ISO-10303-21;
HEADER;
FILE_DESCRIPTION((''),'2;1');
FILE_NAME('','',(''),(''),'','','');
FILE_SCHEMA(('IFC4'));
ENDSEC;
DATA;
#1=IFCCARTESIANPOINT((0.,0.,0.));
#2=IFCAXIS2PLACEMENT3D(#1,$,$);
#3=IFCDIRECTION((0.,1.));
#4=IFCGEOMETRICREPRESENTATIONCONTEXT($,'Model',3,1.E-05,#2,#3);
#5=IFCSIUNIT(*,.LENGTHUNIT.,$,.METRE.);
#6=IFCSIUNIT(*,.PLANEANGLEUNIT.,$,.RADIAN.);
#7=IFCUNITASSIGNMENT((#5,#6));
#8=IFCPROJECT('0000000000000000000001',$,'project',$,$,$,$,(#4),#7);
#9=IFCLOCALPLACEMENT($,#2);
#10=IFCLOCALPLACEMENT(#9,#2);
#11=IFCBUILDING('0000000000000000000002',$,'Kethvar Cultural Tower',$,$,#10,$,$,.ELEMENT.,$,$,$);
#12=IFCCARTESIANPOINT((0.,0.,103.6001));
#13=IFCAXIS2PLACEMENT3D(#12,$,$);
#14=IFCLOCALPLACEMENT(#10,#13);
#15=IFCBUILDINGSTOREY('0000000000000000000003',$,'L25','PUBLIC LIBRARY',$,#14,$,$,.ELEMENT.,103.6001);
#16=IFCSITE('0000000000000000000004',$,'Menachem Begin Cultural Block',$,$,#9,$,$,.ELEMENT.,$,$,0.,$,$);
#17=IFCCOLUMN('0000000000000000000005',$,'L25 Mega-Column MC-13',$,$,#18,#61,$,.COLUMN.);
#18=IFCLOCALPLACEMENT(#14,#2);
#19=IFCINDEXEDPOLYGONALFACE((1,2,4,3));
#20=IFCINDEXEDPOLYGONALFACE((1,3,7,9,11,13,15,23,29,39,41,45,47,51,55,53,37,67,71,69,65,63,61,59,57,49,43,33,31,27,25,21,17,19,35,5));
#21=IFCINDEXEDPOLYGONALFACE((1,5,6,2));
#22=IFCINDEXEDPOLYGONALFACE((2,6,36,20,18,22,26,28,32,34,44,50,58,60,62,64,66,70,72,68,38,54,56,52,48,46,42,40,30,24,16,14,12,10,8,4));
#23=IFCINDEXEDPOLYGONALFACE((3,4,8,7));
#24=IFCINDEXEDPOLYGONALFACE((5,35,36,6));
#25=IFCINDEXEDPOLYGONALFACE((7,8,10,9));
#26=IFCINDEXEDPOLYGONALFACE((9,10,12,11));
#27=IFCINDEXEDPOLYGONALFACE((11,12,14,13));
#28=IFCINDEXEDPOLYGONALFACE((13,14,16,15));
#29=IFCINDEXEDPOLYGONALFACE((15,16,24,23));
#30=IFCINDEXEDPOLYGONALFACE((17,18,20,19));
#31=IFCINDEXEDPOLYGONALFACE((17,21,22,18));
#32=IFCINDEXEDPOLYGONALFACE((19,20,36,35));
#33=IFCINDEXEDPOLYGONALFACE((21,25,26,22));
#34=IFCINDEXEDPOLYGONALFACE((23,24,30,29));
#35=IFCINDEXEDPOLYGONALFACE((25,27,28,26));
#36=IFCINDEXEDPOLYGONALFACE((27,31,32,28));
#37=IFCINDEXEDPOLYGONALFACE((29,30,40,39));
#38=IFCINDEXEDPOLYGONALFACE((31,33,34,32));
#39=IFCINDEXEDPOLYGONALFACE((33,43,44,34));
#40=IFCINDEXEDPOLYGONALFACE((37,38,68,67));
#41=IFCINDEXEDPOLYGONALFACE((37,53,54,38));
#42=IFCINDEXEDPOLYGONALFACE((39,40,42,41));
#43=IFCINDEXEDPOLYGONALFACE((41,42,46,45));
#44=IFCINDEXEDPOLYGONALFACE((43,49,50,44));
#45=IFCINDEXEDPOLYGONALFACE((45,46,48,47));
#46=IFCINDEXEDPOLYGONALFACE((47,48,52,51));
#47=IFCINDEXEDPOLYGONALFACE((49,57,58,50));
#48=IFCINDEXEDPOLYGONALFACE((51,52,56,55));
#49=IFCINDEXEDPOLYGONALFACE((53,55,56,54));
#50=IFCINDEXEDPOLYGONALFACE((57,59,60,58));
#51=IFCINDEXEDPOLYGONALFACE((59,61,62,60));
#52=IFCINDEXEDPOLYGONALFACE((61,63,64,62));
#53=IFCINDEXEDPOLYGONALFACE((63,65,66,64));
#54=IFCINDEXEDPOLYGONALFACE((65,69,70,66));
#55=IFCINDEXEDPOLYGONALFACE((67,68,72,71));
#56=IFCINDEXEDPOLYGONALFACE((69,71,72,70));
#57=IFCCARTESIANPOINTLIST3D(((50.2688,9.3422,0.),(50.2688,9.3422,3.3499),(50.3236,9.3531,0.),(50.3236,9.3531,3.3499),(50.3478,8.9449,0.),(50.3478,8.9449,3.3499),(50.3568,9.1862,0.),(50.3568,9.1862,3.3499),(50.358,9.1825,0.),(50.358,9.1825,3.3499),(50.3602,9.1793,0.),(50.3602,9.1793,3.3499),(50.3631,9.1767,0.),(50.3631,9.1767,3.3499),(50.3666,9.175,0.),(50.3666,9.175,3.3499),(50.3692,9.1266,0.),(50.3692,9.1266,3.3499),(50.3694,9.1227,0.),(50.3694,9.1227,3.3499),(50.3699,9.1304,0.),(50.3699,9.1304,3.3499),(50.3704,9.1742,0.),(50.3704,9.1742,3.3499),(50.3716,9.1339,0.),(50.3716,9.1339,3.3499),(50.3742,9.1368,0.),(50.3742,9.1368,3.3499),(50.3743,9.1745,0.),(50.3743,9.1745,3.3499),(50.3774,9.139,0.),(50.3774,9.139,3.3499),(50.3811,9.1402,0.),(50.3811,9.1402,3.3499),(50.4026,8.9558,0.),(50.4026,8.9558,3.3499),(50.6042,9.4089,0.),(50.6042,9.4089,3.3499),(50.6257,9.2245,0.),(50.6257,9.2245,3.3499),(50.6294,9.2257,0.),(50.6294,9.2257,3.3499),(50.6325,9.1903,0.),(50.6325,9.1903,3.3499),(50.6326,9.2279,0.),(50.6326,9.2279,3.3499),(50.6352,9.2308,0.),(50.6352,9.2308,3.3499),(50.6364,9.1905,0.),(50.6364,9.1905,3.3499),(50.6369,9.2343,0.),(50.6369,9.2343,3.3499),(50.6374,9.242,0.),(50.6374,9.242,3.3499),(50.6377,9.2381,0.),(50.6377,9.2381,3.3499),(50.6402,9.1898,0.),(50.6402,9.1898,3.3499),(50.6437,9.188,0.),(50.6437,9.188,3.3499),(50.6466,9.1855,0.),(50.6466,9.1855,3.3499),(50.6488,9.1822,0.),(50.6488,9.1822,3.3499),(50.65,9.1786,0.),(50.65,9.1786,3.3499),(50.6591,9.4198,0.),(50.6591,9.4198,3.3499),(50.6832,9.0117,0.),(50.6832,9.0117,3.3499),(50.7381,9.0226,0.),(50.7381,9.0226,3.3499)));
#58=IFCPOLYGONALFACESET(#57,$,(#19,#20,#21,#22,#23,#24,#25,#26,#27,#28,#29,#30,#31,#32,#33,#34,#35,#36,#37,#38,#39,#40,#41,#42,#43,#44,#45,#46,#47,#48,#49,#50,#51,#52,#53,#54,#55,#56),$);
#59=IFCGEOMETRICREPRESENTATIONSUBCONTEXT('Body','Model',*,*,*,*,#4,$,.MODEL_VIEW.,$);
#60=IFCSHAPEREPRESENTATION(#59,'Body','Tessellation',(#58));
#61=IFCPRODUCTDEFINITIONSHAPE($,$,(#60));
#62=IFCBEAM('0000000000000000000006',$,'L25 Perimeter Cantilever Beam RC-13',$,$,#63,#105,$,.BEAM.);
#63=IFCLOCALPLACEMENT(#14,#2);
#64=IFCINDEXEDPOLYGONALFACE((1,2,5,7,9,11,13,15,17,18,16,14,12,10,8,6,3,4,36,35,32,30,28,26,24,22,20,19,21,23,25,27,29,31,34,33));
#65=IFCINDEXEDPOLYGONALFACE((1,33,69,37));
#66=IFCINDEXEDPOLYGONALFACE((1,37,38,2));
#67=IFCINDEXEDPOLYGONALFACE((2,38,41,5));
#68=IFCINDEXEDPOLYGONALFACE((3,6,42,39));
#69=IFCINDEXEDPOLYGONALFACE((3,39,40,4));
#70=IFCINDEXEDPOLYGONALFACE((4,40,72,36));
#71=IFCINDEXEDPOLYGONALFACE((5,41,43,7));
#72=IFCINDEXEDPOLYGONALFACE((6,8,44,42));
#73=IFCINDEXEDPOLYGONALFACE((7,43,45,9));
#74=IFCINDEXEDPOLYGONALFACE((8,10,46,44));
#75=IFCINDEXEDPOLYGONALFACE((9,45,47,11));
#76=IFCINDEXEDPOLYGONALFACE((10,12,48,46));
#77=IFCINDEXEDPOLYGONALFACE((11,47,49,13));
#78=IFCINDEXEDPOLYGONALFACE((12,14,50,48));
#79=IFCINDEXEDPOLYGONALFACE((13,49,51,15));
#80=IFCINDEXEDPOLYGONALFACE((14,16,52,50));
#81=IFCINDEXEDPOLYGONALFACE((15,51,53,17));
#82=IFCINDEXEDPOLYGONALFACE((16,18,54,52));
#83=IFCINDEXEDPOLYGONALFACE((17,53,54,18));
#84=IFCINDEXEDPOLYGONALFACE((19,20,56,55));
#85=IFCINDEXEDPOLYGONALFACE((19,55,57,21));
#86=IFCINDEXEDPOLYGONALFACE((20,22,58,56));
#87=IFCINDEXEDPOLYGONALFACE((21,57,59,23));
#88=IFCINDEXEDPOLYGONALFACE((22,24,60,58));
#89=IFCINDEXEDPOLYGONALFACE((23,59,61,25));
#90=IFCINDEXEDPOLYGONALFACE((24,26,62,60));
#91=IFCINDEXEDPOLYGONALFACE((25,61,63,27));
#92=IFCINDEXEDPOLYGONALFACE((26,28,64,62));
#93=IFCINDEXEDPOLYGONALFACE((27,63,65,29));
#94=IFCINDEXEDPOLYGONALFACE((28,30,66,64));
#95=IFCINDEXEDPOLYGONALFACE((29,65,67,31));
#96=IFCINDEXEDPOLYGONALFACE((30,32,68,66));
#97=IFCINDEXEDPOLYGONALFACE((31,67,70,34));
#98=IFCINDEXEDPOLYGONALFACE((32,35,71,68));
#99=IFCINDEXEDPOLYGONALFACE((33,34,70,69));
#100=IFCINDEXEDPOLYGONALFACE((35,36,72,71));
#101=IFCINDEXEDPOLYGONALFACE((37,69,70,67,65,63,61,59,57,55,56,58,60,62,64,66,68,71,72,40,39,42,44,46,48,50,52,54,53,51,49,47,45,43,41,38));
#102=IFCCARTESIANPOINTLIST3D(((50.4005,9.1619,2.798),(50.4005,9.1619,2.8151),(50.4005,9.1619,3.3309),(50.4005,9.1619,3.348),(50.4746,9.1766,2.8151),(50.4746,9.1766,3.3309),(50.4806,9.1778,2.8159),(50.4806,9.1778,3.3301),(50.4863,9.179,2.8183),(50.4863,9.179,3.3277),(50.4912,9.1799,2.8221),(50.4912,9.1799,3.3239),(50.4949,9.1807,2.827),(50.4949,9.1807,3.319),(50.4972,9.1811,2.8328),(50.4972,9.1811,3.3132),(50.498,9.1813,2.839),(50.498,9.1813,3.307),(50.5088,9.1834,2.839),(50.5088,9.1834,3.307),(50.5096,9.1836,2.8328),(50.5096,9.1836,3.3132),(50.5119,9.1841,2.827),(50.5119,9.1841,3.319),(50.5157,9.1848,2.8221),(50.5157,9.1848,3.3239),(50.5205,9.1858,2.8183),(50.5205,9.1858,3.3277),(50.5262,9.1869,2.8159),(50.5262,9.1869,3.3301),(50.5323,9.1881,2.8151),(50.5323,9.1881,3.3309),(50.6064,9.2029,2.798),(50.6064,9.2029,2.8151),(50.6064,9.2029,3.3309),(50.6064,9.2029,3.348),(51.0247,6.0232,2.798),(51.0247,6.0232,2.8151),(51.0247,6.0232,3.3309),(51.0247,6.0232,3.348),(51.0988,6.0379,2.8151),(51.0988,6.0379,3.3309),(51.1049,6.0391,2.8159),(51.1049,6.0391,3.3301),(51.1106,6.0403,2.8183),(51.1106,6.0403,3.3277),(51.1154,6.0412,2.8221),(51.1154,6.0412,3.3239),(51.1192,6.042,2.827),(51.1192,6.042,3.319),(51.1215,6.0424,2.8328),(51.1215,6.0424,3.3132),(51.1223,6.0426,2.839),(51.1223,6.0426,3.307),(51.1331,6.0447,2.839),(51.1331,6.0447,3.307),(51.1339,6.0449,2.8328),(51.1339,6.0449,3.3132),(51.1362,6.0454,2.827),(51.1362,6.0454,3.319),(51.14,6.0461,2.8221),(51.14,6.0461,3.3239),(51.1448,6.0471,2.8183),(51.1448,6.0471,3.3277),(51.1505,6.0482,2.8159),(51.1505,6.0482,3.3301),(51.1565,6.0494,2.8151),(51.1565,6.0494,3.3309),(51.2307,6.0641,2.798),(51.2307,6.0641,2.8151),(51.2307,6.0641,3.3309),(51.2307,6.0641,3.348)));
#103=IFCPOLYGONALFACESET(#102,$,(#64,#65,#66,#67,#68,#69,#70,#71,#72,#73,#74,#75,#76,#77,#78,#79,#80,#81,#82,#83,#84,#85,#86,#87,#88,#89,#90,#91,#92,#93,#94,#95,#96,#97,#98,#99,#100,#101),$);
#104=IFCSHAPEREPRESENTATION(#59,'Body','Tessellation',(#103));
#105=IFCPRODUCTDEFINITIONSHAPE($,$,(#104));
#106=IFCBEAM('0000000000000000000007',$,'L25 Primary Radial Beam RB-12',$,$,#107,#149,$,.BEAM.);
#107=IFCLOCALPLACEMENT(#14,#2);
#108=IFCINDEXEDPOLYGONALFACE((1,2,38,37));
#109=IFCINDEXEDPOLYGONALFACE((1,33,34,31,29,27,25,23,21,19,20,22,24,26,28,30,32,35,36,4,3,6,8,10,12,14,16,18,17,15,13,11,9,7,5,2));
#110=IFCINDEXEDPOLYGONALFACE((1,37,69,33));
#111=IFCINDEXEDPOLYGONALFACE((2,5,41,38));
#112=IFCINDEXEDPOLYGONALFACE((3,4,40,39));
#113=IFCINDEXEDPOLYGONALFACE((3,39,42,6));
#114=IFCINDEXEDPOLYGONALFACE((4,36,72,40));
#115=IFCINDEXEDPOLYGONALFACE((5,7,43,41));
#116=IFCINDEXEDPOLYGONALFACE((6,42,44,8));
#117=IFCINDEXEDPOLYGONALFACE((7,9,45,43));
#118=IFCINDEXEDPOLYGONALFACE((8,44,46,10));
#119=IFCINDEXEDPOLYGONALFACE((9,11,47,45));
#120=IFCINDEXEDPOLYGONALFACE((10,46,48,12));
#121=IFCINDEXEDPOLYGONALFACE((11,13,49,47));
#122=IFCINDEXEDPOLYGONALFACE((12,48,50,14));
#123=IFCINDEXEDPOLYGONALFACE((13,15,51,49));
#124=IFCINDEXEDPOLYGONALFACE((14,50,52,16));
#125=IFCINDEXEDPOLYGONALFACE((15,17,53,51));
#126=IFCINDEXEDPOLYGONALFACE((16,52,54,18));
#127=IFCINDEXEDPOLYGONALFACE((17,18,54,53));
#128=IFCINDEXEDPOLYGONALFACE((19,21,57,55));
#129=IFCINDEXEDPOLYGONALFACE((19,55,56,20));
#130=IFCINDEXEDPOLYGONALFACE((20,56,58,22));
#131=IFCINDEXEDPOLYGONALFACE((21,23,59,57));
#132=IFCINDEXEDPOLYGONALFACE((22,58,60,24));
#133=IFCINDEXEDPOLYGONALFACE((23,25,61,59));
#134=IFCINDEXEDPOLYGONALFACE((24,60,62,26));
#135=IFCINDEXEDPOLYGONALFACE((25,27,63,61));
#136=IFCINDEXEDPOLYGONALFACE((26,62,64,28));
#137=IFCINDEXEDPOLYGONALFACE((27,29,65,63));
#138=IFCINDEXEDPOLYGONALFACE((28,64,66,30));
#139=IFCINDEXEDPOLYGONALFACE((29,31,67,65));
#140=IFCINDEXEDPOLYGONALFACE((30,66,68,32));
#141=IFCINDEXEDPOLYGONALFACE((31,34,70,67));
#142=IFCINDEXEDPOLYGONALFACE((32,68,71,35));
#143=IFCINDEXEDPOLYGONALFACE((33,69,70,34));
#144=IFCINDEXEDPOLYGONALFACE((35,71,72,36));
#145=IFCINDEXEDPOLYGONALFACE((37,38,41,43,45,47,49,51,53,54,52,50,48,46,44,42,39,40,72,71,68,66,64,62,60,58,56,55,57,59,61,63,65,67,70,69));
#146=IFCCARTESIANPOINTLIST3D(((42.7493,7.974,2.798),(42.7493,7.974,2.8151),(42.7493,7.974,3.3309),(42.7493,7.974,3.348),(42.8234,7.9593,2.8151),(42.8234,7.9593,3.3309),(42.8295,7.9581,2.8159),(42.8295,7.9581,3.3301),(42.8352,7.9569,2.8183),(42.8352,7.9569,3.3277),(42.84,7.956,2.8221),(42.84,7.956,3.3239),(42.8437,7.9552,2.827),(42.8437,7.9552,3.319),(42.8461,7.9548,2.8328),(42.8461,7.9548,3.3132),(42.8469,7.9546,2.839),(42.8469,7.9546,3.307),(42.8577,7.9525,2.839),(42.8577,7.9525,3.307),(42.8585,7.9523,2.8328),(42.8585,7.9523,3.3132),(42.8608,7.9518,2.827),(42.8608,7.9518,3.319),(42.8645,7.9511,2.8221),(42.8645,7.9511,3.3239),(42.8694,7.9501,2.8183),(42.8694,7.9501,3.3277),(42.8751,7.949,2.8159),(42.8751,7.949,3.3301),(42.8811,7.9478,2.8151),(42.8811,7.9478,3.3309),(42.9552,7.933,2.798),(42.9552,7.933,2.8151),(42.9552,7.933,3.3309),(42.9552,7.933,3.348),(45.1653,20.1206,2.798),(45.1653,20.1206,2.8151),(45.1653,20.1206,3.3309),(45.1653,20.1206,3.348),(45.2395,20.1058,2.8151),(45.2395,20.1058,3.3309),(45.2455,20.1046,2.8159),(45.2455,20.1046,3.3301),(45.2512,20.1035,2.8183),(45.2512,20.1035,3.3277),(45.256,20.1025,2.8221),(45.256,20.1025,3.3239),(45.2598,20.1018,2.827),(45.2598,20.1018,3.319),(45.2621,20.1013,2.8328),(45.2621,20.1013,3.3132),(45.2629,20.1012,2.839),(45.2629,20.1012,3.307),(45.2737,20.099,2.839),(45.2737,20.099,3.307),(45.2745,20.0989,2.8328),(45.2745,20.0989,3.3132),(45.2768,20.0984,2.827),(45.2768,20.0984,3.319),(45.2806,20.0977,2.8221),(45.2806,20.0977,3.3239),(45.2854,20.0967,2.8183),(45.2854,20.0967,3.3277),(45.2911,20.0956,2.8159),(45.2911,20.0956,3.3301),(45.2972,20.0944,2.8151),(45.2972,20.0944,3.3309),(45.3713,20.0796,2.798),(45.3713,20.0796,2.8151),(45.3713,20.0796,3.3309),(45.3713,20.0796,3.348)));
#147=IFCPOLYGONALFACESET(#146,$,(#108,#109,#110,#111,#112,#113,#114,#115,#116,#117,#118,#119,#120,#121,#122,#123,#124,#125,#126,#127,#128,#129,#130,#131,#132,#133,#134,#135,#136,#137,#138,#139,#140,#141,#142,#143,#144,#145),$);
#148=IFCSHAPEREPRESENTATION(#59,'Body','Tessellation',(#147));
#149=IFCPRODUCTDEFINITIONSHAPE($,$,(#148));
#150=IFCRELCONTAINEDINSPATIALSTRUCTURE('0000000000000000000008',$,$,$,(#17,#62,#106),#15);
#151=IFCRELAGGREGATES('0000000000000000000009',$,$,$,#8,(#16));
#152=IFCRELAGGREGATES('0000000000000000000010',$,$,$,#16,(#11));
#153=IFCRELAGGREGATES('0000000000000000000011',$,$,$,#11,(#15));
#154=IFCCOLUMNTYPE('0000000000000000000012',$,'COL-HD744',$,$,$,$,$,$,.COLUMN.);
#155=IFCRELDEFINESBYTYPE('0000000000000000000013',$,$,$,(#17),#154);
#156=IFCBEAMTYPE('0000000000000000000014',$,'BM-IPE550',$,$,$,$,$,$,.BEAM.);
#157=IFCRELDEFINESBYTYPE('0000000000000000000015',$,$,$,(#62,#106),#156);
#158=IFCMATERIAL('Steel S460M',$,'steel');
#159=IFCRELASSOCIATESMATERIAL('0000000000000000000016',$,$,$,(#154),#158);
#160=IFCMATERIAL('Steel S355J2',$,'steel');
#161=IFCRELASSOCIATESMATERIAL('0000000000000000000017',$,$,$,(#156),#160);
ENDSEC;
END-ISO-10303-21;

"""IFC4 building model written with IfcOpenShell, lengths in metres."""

from ifc_helpers import new_model, si_unit, direction, frame, origin, origin_2d, place, context, subcontext, project, spatial, i_section, extrude, source, transform, mapped, material, material_profile, profile_set, type_object, element, save


model = new_model("IFC4")

# Units and contexts
model_context = context("Model", 3, precision=1e-05, world=origin(), true_north=direction((0.0, 1.0)))
body_context = subcontext(model_context, "Body", "Model", "MODEL_VIEW")
ifc_project = project(units=[si_unit("LENGTHUNIT", "METRE"), si_unit("PLANEANGLEUNIT", "RADIAN")], contexts=[model_context])

# Site, building, storey
site_placement = place(None, origin())
site = spatial("IfcSite", under=ifc_project, at=site_placement, Name="Menachem Begin Cultural Block", CompositionType="ELEMENT", RefElevation=0.0)
building_placement = place(site_placement, origin())
building = spatial("IfcBuilding", under=site, at=building_placement, Name="Kethvar Cultural Tower", CompositionType="ELEMENT")
storey_placement = place(building_placement, frame((0.0, 0.0, 103.6001)))
storey = spatial("IfcBuildingStorey", under=building, at=storey_placement, Name="L25", Description="PUBLIC LIBRARY", CompositionType="ELEMENT", Elevation=103.6001)

# Column
ifc_material_1 = material(Name="Steel S460M", Category="steel")
ifc_material_profile_1 = material_profile(ifc_material_1, i_section(OverallWidth=0.405, OverallDepth=0.3979, WebThickness=0.0349, FlangeThickness=0.0559, FilletRadius=0.0149, at=origin_2d()), Name="Steel S460M — HD400x744")
ifc_profile_set_1 = profile_set([ifc_material_profile_1], Name="Steel S460M — HD400x744")
column_type = type_object("IfcColumnType", Name="COL-HD744", PredefinedType="COLUMN", material=ifc_profile_set_1)
shared_shape_1 = source(origin(), body_context, "Body", "SweptSolid", [
    extrude(i_section(OverallWidth=0.405, OverallDepth=0.3979, WebThickness=0.0349, FlangeThickness=0.0559, FilletRadius=0.0149, at=origin_2d()), origin(), (0.0, 0.0, 1.0), 3.3499),
])
column_placement = place(storey_placement, frame((50.5034, 9.1824, 0.0), z_axis=(0.0, 0.0, 1.0), x_axis=(0.19509, -0.980785, 0.0)))
element("IfcColumn", 1, at=column_placement, inside=storey, type_object=column_type, Name="L25 Mega-Column MC-13", PredefinedType="COLUMN", context=body_context, shape_type="MappedRepresentation", body=[
    mapped(shared_shape_1, transform((0.0, 0.0, 0.0), scale=1.0)),
])

# Beams
ifc_material_2 = material(Name="Steel S355J2", Category="steel")
ifc_material_profile_2 = material_profile(ifc_material_2, i_section(OverallWidth=0.21, OverallDepth=0.55, WebThickness=0.011, FlangeThickness=0.0171, FilletRadius=0.0239, at=origin_2d()), Name="Steel S355J2 — IPE550")
ifc_profile_set_2 = profile_set([ifc_material_profile_2], Name="Steel S355J2 — IPE550")
beam_type_1 = type_object("IfcBeamType", Name="BM-IPE550", PredefinedType="BEAM", material=ifc_profile_set_2)
shared_shape_2 = source(origin(), body_context, "Body", "SweptSolid", [
    extrude(i_section(OverallWidth=0.21, OverallDepth=0.55, WebThickness=0.011, FlangeThickness=0.0171, FilletRadius=0.0239, at=origin_2d()), origin(), (0.0, 0.0, 1.0), 3.2002),
])
beam_1_placement = place(storey_placement, frame((50.5034, 9.1824, 3.073), z_axis=(0.195074, -0.980788, 0.0), x_axis=(0.980788, 0.195074, 0.0)))
element("IfcBeam", 2, at=beam_1_placement, inside=storey, type_object=beam_type_1, Name="L25 Perimeter Cantilever Beam RC-13", PredefinedType="BEAM", context=body_context, shape_type="MappedRepresentation", body=[
    mapped(shared_shape_2, transform((0.0, 0.0, 0.0), scale=1.0)),
])
shared_shape_3 = source(origin(), body_context, "Body", "SweptSolid", [
    extrude(i_section(OverallWidth=0.21, OverallDepth=0.55, WebThickness=0.011, FlangeThickness=0.0171, FilletRadius=0.0239, at=origin_2d()), origin(), (0.0, 0.0, 1.0), 12.3845),
])
beam_2_placement = place(storey_placement, frame((45.2683, 20.1001, 3.073), z_axis=(-0.195085, -0.980786, 0.0), x_axis=(0.980786, -0.195085, 0.0)))
element("IfcBeam", 3, at=beam_2_placement, inside=storey, type_object=beam_type_1, Name="L25 Primary Radial Beam RB-12", PredefinedType="BEAM", context=body_context, shape_type="MappedRepresentation", body=[
    mapped(shared_shape_3, transform((0.0, 0.0, 0.0), scale=1.0)),
])

save(model, "model.ifc")
